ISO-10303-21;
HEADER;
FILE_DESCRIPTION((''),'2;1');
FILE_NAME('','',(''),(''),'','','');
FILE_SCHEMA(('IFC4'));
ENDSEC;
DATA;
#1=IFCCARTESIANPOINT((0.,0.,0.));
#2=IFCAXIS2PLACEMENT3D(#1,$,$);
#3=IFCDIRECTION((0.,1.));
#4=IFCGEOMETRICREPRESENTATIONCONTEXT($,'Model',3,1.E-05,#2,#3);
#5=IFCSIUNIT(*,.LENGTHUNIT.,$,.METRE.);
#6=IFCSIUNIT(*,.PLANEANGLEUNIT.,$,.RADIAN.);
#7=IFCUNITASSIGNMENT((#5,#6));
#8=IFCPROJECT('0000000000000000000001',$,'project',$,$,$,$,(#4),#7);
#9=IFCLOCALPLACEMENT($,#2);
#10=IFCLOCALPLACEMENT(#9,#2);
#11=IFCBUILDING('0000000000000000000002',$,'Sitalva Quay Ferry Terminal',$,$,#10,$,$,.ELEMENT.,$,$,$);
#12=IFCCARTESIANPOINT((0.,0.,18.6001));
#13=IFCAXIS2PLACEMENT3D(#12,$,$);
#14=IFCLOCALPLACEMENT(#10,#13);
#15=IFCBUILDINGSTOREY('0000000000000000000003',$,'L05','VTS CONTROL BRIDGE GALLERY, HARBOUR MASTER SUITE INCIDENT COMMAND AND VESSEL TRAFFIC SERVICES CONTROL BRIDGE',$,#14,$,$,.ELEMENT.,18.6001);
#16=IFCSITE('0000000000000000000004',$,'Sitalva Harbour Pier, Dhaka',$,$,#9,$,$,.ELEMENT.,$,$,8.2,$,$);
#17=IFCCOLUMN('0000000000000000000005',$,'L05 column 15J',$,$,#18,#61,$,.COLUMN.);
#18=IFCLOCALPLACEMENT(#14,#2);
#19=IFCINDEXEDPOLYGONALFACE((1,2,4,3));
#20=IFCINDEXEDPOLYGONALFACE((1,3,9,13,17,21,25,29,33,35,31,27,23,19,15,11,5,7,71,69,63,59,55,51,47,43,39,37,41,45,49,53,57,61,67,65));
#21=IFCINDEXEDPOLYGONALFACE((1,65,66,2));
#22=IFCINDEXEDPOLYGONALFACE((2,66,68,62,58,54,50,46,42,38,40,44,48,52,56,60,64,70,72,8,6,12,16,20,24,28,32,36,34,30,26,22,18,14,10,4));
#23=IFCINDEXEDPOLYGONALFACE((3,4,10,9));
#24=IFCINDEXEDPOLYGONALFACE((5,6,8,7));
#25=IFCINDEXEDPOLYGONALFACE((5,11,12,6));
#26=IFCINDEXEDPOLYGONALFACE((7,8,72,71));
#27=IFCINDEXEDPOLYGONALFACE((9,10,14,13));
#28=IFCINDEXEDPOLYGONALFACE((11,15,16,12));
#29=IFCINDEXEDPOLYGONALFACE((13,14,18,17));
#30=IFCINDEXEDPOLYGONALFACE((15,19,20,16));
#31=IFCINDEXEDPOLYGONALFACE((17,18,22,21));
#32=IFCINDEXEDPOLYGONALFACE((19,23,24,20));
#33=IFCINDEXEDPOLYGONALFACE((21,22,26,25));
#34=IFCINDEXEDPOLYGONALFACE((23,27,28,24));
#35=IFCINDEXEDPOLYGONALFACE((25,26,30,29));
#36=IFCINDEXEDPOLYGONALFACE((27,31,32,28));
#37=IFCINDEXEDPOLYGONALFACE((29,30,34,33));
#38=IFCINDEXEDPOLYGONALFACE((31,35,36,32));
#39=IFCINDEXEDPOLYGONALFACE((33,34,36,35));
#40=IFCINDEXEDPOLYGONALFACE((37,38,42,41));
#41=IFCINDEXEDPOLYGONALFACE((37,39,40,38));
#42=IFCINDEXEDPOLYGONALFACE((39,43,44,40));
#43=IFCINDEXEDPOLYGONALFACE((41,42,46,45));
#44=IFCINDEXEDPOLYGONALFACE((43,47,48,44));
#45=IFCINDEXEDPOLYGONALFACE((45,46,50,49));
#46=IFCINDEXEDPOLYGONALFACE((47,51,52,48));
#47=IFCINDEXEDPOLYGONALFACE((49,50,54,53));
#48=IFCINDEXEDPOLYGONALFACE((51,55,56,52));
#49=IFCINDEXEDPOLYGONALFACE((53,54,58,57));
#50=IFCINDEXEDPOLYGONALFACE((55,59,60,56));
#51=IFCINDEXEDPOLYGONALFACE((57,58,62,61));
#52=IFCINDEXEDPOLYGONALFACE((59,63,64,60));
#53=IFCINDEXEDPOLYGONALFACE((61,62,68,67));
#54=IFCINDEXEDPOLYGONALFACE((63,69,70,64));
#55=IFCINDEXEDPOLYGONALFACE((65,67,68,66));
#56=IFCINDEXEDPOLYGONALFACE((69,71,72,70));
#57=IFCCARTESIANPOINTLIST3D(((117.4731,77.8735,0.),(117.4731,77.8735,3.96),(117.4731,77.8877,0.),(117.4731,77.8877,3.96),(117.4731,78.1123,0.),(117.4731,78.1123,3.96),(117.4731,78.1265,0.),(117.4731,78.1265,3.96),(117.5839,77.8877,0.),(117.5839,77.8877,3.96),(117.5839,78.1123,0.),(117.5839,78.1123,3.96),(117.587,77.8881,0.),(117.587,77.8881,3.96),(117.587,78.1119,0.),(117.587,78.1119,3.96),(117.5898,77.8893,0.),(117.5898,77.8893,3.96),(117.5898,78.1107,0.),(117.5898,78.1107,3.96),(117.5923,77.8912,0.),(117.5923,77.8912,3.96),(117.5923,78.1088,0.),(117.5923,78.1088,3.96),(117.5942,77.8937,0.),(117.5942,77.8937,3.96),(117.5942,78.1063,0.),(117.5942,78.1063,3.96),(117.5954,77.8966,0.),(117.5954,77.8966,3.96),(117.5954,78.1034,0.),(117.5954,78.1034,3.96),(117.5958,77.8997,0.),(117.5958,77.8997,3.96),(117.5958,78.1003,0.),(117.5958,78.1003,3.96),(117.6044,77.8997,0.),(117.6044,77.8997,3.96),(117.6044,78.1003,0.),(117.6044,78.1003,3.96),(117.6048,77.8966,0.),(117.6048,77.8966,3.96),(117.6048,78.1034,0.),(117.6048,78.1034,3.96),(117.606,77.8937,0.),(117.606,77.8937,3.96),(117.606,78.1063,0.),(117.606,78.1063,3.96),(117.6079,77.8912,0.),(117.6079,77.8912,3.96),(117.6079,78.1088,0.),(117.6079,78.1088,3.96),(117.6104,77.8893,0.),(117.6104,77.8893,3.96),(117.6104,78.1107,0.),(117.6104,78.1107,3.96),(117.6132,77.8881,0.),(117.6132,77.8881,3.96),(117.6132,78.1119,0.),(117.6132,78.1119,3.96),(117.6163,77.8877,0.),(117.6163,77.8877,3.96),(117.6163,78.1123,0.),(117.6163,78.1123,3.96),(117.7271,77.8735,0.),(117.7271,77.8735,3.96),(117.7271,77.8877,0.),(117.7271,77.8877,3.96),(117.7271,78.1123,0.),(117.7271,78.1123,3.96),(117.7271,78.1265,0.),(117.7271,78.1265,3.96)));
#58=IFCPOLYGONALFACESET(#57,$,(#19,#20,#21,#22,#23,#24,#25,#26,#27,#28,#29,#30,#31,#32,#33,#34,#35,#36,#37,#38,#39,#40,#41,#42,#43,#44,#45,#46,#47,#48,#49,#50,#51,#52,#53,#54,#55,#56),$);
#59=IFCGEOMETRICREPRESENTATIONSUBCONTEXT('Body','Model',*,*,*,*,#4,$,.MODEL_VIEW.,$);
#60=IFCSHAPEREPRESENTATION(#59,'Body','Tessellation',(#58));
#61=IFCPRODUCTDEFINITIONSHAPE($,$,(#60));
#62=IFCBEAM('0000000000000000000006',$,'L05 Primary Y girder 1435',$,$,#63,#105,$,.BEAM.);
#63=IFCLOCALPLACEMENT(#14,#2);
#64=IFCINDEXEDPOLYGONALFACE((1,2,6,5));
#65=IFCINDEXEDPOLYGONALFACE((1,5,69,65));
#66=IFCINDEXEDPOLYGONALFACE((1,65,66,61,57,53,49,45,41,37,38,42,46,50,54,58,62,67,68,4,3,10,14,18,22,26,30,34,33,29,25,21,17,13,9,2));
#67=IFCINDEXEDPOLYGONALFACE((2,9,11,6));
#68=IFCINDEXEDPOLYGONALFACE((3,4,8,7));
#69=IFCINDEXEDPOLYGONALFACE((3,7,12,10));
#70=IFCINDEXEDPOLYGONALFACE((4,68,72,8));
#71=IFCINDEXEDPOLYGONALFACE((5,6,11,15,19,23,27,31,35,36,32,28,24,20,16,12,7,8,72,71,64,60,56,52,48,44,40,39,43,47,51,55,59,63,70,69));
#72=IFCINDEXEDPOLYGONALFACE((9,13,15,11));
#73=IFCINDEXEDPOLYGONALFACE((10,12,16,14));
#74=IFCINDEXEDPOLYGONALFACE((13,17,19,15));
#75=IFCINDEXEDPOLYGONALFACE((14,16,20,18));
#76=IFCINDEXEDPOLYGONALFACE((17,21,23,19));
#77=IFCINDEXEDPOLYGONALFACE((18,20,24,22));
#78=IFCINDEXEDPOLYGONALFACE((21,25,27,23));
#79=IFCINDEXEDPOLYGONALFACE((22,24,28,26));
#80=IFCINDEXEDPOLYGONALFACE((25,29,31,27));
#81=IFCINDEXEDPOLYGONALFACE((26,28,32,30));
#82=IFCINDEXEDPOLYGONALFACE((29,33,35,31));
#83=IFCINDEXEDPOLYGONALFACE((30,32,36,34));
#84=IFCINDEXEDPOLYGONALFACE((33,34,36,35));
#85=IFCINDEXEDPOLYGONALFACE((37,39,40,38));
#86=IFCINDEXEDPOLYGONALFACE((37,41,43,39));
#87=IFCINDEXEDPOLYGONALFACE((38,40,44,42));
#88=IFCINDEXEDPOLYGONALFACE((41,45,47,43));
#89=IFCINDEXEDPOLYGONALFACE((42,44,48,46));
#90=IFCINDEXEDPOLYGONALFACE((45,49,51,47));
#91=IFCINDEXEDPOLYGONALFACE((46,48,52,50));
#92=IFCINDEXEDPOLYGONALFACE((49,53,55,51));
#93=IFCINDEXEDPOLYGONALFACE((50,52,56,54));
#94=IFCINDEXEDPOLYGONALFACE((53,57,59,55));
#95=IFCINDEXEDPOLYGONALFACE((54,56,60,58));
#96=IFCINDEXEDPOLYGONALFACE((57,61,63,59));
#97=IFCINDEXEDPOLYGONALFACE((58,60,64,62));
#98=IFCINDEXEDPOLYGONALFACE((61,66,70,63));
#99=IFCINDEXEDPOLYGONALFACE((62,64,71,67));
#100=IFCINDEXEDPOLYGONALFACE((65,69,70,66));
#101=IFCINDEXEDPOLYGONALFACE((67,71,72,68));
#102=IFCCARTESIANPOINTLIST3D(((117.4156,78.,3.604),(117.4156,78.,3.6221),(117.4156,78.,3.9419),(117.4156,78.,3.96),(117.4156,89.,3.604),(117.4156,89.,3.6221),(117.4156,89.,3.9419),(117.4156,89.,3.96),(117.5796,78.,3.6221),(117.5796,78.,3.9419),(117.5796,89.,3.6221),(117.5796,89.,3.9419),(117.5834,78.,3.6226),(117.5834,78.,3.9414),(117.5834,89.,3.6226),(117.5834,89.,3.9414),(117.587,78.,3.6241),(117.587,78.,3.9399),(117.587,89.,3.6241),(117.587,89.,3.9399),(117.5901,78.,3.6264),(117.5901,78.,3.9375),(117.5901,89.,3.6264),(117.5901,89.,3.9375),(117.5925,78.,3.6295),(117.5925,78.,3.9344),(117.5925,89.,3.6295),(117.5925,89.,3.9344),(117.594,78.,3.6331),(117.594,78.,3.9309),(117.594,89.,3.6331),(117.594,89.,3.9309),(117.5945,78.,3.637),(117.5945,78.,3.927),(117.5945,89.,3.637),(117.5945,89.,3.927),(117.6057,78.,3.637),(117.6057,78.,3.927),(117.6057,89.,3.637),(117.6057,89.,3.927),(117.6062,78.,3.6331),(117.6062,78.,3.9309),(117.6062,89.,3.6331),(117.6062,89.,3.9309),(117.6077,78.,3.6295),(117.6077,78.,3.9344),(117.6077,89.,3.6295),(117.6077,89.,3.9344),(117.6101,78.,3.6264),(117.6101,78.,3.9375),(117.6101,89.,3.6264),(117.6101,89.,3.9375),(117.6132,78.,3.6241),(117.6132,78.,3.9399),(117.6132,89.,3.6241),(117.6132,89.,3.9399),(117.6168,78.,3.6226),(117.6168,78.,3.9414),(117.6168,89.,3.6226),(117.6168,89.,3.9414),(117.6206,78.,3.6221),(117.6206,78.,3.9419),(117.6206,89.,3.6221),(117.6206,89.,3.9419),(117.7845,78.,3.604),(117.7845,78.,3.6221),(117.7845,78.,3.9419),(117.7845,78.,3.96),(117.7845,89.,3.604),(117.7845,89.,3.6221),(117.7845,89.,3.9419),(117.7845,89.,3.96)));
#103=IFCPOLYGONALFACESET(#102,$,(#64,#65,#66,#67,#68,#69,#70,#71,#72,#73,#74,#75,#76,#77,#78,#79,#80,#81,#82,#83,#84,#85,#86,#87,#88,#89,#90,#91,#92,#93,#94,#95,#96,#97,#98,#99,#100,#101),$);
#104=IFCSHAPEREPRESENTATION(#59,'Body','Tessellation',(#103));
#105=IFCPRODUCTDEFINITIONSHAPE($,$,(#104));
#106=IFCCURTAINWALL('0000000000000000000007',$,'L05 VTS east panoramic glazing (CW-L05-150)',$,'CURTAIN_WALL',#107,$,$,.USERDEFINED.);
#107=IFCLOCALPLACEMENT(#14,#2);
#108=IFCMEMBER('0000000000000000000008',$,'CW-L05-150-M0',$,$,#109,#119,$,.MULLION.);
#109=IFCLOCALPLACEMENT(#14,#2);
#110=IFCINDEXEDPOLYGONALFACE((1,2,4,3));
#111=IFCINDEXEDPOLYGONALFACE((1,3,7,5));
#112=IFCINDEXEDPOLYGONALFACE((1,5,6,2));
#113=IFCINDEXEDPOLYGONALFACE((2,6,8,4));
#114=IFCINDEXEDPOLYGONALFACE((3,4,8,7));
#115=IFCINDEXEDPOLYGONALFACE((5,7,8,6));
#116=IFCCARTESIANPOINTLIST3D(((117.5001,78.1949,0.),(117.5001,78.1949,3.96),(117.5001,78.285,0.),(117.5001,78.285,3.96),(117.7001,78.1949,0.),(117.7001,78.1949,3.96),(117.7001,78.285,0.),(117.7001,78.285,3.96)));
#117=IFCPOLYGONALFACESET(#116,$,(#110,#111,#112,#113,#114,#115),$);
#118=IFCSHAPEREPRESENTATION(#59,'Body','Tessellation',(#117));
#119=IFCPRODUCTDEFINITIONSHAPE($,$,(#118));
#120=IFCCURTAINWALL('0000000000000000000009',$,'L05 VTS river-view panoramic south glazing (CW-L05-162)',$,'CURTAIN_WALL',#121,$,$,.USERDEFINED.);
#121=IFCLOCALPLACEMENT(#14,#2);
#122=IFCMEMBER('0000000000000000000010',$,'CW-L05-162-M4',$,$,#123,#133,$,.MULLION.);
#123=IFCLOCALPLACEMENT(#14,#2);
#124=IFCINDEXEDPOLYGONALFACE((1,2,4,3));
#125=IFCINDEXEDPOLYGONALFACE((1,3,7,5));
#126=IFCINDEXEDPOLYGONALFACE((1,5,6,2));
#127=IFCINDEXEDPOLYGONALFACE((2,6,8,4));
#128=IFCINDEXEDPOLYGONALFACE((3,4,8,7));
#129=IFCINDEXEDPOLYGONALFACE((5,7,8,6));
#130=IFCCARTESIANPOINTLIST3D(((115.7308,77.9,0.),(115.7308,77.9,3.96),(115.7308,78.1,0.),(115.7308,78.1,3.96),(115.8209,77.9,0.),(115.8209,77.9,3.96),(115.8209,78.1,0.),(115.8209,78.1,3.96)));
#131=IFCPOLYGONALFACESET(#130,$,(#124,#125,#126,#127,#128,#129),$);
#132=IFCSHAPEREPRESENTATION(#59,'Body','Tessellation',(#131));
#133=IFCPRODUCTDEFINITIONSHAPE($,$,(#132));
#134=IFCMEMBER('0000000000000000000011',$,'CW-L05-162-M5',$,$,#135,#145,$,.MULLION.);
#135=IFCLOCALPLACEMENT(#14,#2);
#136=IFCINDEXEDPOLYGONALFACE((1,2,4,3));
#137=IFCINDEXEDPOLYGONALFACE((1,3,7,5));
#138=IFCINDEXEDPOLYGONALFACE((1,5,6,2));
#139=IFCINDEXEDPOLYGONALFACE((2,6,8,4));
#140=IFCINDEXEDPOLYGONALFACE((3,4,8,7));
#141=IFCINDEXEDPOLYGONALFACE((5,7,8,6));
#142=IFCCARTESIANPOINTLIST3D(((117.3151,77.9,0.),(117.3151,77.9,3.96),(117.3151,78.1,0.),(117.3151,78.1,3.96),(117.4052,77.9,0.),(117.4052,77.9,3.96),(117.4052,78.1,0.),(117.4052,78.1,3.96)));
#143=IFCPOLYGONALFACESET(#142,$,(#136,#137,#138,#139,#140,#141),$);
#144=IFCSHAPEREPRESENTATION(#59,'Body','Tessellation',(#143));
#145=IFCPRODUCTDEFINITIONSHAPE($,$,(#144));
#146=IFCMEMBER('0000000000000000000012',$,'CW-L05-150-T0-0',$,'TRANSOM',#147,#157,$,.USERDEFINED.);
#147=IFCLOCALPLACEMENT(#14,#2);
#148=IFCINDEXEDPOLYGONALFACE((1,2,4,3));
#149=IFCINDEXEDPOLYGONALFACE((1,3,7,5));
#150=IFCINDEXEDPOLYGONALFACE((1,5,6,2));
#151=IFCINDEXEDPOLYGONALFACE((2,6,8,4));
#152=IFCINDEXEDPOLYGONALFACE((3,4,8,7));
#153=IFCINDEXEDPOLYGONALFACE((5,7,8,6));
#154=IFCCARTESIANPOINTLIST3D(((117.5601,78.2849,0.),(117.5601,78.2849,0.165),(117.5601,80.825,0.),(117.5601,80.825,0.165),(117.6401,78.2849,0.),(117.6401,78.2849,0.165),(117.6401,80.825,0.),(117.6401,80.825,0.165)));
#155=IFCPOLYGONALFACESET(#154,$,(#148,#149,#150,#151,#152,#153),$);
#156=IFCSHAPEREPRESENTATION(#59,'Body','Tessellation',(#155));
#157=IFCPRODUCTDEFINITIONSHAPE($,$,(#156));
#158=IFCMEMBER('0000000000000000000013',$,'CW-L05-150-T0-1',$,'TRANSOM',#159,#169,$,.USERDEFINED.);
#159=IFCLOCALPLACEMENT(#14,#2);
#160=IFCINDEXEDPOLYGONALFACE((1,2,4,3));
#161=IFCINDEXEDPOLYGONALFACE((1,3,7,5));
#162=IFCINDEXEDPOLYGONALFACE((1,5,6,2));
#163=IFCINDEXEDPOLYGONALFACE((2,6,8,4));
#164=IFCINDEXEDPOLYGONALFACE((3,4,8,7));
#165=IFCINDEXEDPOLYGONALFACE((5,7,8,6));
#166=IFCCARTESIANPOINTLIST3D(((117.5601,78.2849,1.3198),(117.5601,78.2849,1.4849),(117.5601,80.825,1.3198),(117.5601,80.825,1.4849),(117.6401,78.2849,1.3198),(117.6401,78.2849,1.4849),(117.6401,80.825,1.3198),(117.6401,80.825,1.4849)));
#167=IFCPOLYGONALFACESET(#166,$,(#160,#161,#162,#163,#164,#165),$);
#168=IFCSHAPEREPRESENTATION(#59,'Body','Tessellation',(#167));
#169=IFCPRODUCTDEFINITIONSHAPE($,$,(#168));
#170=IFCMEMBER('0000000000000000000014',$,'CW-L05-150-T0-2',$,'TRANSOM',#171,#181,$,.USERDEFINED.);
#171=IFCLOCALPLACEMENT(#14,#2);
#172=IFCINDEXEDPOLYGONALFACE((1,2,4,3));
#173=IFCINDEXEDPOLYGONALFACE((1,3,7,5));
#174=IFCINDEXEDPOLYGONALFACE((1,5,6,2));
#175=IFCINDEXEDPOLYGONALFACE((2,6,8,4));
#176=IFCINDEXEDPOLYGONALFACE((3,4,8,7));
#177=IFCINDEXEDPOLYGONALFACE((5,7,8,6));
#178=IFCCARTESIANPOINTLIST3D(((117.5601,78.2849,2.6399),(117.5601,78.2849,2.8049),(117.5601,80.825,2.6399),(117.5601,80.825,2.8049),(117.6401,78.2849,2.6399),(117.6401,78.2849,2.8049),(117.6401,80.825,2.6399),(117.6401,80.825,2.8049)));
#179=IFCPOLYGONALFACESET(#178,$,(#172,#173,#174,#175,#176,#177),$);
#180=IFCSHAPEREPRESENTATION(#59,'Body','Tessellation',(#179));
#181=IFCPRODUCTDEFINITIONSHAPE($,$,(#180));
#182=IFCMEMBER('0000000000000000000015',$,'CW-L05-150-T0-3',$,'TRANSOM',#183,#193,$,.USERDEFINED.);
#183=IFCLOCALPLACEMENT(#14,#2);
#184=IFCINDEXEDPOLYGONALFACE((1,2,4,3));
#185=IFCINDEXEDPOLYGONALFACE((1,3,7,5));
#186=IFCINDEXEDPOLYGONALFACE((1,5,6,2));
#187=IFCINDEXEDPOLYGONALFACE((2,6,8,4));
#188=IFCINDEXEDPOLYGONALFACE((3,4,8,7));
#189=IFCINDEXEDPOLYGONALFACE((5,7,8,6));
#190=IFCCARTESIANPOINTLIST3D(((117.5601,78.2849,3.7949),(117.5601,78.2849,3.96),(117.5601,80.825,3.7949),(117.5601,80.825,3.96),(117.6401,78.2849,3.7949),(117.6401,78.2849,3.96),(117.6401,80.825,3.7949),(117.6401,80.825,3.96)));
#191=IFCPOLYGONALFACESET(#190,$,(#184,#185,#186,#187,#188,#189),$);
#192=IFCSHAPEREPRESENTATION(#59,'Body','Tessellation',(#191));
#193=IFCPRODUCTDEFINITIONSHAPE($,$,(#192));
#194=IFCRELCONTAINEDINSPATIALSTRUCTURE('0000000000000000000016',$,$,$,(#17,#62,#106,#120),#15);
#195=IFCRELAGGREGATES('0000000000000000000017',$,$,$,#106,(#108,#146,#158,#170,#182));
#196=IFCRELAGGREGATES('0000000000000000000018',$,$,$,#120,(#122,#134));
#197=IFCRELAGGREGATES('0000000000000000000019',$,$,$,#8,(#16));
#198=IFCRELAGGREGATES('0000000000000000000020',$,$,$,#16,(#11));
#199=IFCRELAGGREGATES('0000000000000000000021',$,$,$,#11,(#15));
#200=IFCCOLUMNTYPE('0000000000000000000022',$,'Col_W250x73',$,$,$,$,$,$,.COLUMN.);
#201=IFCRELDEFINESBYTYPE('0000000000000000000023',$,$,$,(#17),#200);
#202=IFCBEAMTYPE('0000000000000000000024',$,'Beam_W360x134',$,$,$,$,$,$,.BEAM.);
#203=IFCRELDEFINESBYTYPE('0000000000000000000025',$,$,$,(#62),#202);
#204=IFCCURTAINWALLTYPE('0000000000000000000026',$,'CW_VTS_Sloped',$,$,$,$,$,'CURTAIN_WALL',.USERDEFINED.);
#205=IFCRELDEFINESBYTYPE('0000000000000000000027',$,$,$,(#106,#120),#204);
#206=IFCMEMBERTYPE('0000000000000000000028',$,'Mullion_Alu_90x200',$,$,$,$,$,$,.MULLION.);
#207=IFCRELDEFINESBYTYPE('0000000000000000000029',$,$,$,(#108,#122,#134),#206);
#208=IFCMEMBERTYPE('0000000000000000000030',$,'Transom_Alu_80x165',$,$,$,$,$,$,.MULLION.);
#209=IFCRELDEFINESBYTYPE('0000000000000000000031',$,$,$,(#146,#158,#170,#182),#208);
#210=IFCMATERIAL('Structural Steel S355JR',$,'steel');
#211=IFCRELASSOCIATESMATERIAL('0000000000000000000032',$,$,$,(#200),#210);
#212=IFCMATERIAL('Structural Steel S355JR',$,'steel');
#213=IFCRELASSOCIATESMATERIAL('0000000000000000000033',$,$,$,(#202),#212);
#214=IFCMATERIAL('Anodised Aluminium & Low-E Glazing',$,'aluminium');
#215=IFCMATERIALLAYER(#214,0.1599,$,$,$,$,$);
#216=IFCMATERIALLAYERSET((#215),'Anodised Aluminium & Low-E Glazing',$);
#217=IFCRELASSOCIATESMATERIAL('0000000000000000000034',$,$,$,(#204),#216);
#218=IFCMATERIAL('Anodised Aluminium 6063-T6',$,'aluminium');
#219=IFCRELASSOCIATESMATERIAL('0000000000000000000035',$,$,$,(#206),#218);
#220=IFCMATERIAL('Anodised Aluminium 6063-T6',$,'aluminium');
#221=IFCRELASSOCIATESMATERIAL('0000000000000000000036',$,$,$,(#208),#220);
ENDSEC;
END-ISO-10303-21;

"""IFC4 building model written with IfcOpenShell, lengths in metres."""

from ifc_helpers import new_model, si_unit, direction, frame, origin, origin_2d, place, context, subcontext, project, spatial, rectangle, i_section, extrude, material, layer, layer_set, material_profile, profile_set, type_object, element, aggregate, save


model = new_model("IFC4")

# Units and contexts
model_context = context("Model", 3, precision=1e-05, world=origin(), true_north=direction((0.0, 1.0)))
body_context = subcontext(model_context, "Body", "Model", "MODEL_VIEW")
ifc_project = project(units=[si_unit("LENGTHUNIT", "METRE"), si_unit("PLANEANGLEUNIT", "RADIAN")], contexts=[model_context])

# Site, building, storey
site_placement = place(None, origin())
site = spatial("IfcSite", under=ifc_project, at=site_placement, Name="Sitalva Harbour Pier, Dhaka", CompositionType="ELEMENT", RefElevation=8.2)
building_placement = place(site_placement, origin())
building = spatial("IfcBuilding", under=site, at=building_placement, Name="Sitalva Quay Ferry Terminal", CompositionType="ELEMENT")
storey_placement = place(building_placement, frame((0.0, 0.0, 18.6001)))
storey = spatial("IfcBuildingStorey", under=building, at=storey_placement, Name="L05", Description="VTS CONTROL BRIDGE GALLERY, HARBOUR MASTER SUITE INCIDENT COMMAND AND VESSEL TRAFFIC SERVICES CONTROL BRIDGE", CompositionType="ELEMENT", Elevation=18.6001)

# Column
ifc_material_1 = material(Name="Structural Steel S355JR", Category="steel")
ifc_material_profile_1 = material_profile(ifc_material_1, i_section(OverallWidth=0.2539, OverallDepth=0.2529, WebThickness=0.0085, FlangeThickness=0.0142, FilletRadius=0.012, at=origin_2d()), Name="W250x73")
ifc_profile_set_1 = profile_set([ifc_material_profile_1], Name="Structural Steel S355JR")
column_type = type_object("IfcColumnType", Name="Col_W250x73", PredefinedType="COLUMN", material=ifc_profile_set_1)
column_placement = place(storey_placement, frame((117.6001, 78.0, 0.0), z_axis=(0.0, 0.0, 1.0), x_axis=(1.0, 0.0, 0.0)))
element("IfcColumn", 1, at=column_placement, inside=storey, type_object=column_type, Name="L05 column 15J", PredefinedType="COLUMN", context=body_context, shape_type="SweptSolid", body=[
    extrude(i_section(OverallWidth=0.2539, OverallDepth=0.2529, WebThickness=0.0085, FlangeThickness=0.0142, FilletRadius=0.012, at=origin_2d()), origin(), (0.0, 0.0, 1.0), 3.96),
])

# Beam
ifc_material_2 = material(Name="Structural Steel S355JR", Category="steel")
ifc_material_profile_2 = material_profile(ifc_material_2, i_section(OverallWidth=0.3689, OverallDepth=0.356, WebThickness=0.0112, FlangeThickness=0.0181, FilletRadius=0.0149, at=origin_2d()), Name="W360x134")
ifc_profile_set_2 = profile_set([ifc_material_profile_2], Name="Structural Steel S355JR")
beam_type = type_object("IfcBeamType", Name="Beam_W360x134", PredefinedType="BEAM", material=ifc_profile_set_2)
beam_placement = place(storey_placement, frame((117.6001, 78.0, 3.782), z_axis=(0.0, 1.0, 0.0), x_axis=(-1.0, 0.0, 0.0)))
element("IfcBeam", 2, at=beam_placement, inside=storey, type_object=beam_type, Name="L05 Primary Y girder 1435", PredefinedType="BEAM", context=body_context, shape_type="SweptSolid", body=[
    extrude(i_section(OverallWidth=0.3689, OverallDepth=0.356, WebThickness=0.0112, FlangeThickness=0.0181, FilletRadius=0.0149, at=origin_2d()), origin(), (0.0, 0.0, 1.0), 11.0),
])

# Curtain wall, member
ifc_material_3 = material(Name="Anodised Aluminium & Low-E Glazing", Category="aluminium")
ifc_layer_1 = layer(ifc_material_3, 0.1599)
ifc_layer_set_1 = layer_set([ifc_layer_1], Name="Anodised Aluminium & Low-E Glazing")
curtain_wall_type = type_object("IfcCurtainWallType", Name="CW_VTS_Sloped", ElementType="CURTAIN_WALL", PredefinedType="USERDEFINED", material=ifc_layer_set_1)
curtain_wall_1_placement = place(storey_placement, origin())
curtain_wall_1 = element("IfcCurtainWall", 3, at=curtain_wall_1_placement, inside=storey, type_object=curtain_wall_type, Name="L05 VTS east panoramic glazing (CW-L05-150)", ObjectType="CURTAIN_WALL", PredefinedType="USERDEFINED")
ifc_material_4 = material(Name="Anodised Aluminium 6063-T6", Category="aluminium")
ifc_material_profile_3 = material_profile(ifc_material_4, rectangle(XDim=0.0901, YDim=0.2, at=origin_2d()), Name="ALU90x200")
ifc_profile_set_3 = profile_set([ifc_material_profile_3], Name="Anodised Aluminium 6063-T6")
member_type_1 = type_object("IfcMemberType", Name="Mullion_Alu_90x200", PredefinedType="MULLION", material=ifc_profile_set_3)
member_1_placement = place(storey_placement, frame((117.6001, 78.24, 0.0), z_axis=(0.0, 0.0, 1.0), x_axis=(0.0, 1.0, 0.0)))
member_1 = element("IfcMember", 4, at=member_1_placement, type_object=member_type_1, Name="CW-L05-150-M0", PredefinedType="MULLION", context=body_context, shape_type="SweptSolid", body=[
    extrude(rectangle(XDim=0.0901, YDim=0.2, at=origin_2d()), origin(), (0.0, 0.0, 1.0), 3.96),
])

# Curtain wall, members
curtain_wall_2_placement = place(storey_placement, origin())
curtain_wall_2 = element("IfcCurtainWall", 5, at=curtain_wall_2_placement, inside=storey, type_object=curtain_wall_type, Name="L05 VTS river-view panoramic south glazing (CW-L05-162)", ObjectType="CURTAIN_WALL", PredefinedType="USERDEFINED")
member_2_placement = place(storey_placement, frame((115.7759, 78.0, 0.0), z_axis=(0.0, 0.0, 1.0), x_axis=(1.0, 0.0, 0.0)))
member_2 = element("IfcMember", 6, at=member_2_placement, type_object=member_type_1, Name="CW-L05-162-M4", PredefinedType="MULLION", context=body_context, shape_type="SweptSolid", body=[
    extrude(rectangle(XDim=0.0901, YDim=0.2, at=origin_2d()), origin(), (0.0, 0.0, 1.0), 3.96),
])
member_3_placement = place(storey_placement, frame((117.3601, 78.0, 0.0), z_axis=(0.0, 0.0, 1.0), x_axis=(1.0, 0.0, 0.0)))
member_3 = element("IfcMember", 7, at=member_3_placement, type_object=member_type_1, Name="CW-L05-162-M5", PredefinedType="MULLION", context=body_context, shape_type="SweptSolid", body=[
    extrude(rectangle(XDim=0.0901, YDim=0.2, at=origin_2d()), origin(), (0.0, 0.0, 1.0), 3.96),
])

# Members
ifc_material_5 = material(Name="Anodised Aluminium 6063-T6", Category="aluminium")
ifc_material_profile_4 = material_profile(ifc_material_5, rectangle(XDim=0.0801, YDim=0.165, at=origin_2d()), Name="ALU80x165")
ifc_profile_set_4 = profile_set([ifc_material_profile_4], Name="Anodised Aluminium 6063-T6")
member_type_2 = type_object("IfcMemberType", Name="Transom_Alu_80x165", PredefinedType="MULLION", material=ifc_profile_set_4)
member_4_placement = place(storey_placement, frame((117.6001, 78.2849, 0.0825), z_axis=(0.0, 1.0, 0.0), x_axis=(-1.0, 0.0, 0.0)))
member_4 = element("IfcMember", 8, at=member_4_placement, type_object=member_type_2, Name="CW-L05-150-T0-0", ObjectType="TRANSOM", PredefinedType="USERDEFINED", context=body_context, shape_type="SweptSolid", body=[
    extrude(rectangle(XDim=0.0801, YDim=0.165, at=origin_2d()), origin(), (0.0, 0.0, 1.0), 2.54),
])
member_5_placement = place(storey_placement, frame((117.6001, 78.2849, 1.4023), z_axis=(0.0, 1.0, 0.0), x_axis=(-1.0, 0.0, 0.0)))
member_5 = element("IfcMember", 9, at=member_5_placement, type_object=member_type_2, Name="CW-L05-150-T0-1", ObjectType="TRANSOM", PredefinedType="USERDEFINED", context=body_context, shape_type="SweptSolid", body=[
    extrude(rectangle(XDim=0.0801, YDim=0.165, at=origin_2d()), origin(), (0.0, 0.0, 1.0), 2.54),
])
member_6_placement = place(storey_placement, frame((117.6001, 78.2849, 2.7224), z_axis=(0.0, 1.0, 0.0), x_axis=(-1.0, 0.0, 0.0)))
member_6 = element("IfcMember", 10, at=member_6_placement, type_object=member_type_2, Name="CW-L05-150-T0-2", ObjectType="TRANSOM", PredefinedType="USERDEFINED", context=body_context, shape_type="SweptSolid", body=[
    extrude(rectangle(XDim=0.0801, YDim=0.165, at=origin_2d()), origin(), (0.0, 0.0, 1.0), 2.54),
])
member_7_placement = place(storey_placement, frame((117.6001, 78.2849, 3.8774), z_axis=(0.0, 1.0, 0.0), x_axis=(-1.0, 0.0, 0.0)))
member_7 = element("IfcMember", 11, at=member_7_placement, type_object=member_type_2, Name="CW-L05-150-T0-3", ObjectType="TRANSOM", PredefinedType="USERDEFINED", context=body_context, shape_type="SweptSolid", body=[
    extrude(rectangle(XDim=0.0801, YDim=0.165, at=origin_2d()), origin(), (0.0, 0.0, 1.0), 2.54),
])

aggregate(curtain_wall_1, [member_1, member_4, member_5, member_6, member_7])
aggregate(curtain_wall_2, [member_2, member_3])

save(model, "model.ifc")
